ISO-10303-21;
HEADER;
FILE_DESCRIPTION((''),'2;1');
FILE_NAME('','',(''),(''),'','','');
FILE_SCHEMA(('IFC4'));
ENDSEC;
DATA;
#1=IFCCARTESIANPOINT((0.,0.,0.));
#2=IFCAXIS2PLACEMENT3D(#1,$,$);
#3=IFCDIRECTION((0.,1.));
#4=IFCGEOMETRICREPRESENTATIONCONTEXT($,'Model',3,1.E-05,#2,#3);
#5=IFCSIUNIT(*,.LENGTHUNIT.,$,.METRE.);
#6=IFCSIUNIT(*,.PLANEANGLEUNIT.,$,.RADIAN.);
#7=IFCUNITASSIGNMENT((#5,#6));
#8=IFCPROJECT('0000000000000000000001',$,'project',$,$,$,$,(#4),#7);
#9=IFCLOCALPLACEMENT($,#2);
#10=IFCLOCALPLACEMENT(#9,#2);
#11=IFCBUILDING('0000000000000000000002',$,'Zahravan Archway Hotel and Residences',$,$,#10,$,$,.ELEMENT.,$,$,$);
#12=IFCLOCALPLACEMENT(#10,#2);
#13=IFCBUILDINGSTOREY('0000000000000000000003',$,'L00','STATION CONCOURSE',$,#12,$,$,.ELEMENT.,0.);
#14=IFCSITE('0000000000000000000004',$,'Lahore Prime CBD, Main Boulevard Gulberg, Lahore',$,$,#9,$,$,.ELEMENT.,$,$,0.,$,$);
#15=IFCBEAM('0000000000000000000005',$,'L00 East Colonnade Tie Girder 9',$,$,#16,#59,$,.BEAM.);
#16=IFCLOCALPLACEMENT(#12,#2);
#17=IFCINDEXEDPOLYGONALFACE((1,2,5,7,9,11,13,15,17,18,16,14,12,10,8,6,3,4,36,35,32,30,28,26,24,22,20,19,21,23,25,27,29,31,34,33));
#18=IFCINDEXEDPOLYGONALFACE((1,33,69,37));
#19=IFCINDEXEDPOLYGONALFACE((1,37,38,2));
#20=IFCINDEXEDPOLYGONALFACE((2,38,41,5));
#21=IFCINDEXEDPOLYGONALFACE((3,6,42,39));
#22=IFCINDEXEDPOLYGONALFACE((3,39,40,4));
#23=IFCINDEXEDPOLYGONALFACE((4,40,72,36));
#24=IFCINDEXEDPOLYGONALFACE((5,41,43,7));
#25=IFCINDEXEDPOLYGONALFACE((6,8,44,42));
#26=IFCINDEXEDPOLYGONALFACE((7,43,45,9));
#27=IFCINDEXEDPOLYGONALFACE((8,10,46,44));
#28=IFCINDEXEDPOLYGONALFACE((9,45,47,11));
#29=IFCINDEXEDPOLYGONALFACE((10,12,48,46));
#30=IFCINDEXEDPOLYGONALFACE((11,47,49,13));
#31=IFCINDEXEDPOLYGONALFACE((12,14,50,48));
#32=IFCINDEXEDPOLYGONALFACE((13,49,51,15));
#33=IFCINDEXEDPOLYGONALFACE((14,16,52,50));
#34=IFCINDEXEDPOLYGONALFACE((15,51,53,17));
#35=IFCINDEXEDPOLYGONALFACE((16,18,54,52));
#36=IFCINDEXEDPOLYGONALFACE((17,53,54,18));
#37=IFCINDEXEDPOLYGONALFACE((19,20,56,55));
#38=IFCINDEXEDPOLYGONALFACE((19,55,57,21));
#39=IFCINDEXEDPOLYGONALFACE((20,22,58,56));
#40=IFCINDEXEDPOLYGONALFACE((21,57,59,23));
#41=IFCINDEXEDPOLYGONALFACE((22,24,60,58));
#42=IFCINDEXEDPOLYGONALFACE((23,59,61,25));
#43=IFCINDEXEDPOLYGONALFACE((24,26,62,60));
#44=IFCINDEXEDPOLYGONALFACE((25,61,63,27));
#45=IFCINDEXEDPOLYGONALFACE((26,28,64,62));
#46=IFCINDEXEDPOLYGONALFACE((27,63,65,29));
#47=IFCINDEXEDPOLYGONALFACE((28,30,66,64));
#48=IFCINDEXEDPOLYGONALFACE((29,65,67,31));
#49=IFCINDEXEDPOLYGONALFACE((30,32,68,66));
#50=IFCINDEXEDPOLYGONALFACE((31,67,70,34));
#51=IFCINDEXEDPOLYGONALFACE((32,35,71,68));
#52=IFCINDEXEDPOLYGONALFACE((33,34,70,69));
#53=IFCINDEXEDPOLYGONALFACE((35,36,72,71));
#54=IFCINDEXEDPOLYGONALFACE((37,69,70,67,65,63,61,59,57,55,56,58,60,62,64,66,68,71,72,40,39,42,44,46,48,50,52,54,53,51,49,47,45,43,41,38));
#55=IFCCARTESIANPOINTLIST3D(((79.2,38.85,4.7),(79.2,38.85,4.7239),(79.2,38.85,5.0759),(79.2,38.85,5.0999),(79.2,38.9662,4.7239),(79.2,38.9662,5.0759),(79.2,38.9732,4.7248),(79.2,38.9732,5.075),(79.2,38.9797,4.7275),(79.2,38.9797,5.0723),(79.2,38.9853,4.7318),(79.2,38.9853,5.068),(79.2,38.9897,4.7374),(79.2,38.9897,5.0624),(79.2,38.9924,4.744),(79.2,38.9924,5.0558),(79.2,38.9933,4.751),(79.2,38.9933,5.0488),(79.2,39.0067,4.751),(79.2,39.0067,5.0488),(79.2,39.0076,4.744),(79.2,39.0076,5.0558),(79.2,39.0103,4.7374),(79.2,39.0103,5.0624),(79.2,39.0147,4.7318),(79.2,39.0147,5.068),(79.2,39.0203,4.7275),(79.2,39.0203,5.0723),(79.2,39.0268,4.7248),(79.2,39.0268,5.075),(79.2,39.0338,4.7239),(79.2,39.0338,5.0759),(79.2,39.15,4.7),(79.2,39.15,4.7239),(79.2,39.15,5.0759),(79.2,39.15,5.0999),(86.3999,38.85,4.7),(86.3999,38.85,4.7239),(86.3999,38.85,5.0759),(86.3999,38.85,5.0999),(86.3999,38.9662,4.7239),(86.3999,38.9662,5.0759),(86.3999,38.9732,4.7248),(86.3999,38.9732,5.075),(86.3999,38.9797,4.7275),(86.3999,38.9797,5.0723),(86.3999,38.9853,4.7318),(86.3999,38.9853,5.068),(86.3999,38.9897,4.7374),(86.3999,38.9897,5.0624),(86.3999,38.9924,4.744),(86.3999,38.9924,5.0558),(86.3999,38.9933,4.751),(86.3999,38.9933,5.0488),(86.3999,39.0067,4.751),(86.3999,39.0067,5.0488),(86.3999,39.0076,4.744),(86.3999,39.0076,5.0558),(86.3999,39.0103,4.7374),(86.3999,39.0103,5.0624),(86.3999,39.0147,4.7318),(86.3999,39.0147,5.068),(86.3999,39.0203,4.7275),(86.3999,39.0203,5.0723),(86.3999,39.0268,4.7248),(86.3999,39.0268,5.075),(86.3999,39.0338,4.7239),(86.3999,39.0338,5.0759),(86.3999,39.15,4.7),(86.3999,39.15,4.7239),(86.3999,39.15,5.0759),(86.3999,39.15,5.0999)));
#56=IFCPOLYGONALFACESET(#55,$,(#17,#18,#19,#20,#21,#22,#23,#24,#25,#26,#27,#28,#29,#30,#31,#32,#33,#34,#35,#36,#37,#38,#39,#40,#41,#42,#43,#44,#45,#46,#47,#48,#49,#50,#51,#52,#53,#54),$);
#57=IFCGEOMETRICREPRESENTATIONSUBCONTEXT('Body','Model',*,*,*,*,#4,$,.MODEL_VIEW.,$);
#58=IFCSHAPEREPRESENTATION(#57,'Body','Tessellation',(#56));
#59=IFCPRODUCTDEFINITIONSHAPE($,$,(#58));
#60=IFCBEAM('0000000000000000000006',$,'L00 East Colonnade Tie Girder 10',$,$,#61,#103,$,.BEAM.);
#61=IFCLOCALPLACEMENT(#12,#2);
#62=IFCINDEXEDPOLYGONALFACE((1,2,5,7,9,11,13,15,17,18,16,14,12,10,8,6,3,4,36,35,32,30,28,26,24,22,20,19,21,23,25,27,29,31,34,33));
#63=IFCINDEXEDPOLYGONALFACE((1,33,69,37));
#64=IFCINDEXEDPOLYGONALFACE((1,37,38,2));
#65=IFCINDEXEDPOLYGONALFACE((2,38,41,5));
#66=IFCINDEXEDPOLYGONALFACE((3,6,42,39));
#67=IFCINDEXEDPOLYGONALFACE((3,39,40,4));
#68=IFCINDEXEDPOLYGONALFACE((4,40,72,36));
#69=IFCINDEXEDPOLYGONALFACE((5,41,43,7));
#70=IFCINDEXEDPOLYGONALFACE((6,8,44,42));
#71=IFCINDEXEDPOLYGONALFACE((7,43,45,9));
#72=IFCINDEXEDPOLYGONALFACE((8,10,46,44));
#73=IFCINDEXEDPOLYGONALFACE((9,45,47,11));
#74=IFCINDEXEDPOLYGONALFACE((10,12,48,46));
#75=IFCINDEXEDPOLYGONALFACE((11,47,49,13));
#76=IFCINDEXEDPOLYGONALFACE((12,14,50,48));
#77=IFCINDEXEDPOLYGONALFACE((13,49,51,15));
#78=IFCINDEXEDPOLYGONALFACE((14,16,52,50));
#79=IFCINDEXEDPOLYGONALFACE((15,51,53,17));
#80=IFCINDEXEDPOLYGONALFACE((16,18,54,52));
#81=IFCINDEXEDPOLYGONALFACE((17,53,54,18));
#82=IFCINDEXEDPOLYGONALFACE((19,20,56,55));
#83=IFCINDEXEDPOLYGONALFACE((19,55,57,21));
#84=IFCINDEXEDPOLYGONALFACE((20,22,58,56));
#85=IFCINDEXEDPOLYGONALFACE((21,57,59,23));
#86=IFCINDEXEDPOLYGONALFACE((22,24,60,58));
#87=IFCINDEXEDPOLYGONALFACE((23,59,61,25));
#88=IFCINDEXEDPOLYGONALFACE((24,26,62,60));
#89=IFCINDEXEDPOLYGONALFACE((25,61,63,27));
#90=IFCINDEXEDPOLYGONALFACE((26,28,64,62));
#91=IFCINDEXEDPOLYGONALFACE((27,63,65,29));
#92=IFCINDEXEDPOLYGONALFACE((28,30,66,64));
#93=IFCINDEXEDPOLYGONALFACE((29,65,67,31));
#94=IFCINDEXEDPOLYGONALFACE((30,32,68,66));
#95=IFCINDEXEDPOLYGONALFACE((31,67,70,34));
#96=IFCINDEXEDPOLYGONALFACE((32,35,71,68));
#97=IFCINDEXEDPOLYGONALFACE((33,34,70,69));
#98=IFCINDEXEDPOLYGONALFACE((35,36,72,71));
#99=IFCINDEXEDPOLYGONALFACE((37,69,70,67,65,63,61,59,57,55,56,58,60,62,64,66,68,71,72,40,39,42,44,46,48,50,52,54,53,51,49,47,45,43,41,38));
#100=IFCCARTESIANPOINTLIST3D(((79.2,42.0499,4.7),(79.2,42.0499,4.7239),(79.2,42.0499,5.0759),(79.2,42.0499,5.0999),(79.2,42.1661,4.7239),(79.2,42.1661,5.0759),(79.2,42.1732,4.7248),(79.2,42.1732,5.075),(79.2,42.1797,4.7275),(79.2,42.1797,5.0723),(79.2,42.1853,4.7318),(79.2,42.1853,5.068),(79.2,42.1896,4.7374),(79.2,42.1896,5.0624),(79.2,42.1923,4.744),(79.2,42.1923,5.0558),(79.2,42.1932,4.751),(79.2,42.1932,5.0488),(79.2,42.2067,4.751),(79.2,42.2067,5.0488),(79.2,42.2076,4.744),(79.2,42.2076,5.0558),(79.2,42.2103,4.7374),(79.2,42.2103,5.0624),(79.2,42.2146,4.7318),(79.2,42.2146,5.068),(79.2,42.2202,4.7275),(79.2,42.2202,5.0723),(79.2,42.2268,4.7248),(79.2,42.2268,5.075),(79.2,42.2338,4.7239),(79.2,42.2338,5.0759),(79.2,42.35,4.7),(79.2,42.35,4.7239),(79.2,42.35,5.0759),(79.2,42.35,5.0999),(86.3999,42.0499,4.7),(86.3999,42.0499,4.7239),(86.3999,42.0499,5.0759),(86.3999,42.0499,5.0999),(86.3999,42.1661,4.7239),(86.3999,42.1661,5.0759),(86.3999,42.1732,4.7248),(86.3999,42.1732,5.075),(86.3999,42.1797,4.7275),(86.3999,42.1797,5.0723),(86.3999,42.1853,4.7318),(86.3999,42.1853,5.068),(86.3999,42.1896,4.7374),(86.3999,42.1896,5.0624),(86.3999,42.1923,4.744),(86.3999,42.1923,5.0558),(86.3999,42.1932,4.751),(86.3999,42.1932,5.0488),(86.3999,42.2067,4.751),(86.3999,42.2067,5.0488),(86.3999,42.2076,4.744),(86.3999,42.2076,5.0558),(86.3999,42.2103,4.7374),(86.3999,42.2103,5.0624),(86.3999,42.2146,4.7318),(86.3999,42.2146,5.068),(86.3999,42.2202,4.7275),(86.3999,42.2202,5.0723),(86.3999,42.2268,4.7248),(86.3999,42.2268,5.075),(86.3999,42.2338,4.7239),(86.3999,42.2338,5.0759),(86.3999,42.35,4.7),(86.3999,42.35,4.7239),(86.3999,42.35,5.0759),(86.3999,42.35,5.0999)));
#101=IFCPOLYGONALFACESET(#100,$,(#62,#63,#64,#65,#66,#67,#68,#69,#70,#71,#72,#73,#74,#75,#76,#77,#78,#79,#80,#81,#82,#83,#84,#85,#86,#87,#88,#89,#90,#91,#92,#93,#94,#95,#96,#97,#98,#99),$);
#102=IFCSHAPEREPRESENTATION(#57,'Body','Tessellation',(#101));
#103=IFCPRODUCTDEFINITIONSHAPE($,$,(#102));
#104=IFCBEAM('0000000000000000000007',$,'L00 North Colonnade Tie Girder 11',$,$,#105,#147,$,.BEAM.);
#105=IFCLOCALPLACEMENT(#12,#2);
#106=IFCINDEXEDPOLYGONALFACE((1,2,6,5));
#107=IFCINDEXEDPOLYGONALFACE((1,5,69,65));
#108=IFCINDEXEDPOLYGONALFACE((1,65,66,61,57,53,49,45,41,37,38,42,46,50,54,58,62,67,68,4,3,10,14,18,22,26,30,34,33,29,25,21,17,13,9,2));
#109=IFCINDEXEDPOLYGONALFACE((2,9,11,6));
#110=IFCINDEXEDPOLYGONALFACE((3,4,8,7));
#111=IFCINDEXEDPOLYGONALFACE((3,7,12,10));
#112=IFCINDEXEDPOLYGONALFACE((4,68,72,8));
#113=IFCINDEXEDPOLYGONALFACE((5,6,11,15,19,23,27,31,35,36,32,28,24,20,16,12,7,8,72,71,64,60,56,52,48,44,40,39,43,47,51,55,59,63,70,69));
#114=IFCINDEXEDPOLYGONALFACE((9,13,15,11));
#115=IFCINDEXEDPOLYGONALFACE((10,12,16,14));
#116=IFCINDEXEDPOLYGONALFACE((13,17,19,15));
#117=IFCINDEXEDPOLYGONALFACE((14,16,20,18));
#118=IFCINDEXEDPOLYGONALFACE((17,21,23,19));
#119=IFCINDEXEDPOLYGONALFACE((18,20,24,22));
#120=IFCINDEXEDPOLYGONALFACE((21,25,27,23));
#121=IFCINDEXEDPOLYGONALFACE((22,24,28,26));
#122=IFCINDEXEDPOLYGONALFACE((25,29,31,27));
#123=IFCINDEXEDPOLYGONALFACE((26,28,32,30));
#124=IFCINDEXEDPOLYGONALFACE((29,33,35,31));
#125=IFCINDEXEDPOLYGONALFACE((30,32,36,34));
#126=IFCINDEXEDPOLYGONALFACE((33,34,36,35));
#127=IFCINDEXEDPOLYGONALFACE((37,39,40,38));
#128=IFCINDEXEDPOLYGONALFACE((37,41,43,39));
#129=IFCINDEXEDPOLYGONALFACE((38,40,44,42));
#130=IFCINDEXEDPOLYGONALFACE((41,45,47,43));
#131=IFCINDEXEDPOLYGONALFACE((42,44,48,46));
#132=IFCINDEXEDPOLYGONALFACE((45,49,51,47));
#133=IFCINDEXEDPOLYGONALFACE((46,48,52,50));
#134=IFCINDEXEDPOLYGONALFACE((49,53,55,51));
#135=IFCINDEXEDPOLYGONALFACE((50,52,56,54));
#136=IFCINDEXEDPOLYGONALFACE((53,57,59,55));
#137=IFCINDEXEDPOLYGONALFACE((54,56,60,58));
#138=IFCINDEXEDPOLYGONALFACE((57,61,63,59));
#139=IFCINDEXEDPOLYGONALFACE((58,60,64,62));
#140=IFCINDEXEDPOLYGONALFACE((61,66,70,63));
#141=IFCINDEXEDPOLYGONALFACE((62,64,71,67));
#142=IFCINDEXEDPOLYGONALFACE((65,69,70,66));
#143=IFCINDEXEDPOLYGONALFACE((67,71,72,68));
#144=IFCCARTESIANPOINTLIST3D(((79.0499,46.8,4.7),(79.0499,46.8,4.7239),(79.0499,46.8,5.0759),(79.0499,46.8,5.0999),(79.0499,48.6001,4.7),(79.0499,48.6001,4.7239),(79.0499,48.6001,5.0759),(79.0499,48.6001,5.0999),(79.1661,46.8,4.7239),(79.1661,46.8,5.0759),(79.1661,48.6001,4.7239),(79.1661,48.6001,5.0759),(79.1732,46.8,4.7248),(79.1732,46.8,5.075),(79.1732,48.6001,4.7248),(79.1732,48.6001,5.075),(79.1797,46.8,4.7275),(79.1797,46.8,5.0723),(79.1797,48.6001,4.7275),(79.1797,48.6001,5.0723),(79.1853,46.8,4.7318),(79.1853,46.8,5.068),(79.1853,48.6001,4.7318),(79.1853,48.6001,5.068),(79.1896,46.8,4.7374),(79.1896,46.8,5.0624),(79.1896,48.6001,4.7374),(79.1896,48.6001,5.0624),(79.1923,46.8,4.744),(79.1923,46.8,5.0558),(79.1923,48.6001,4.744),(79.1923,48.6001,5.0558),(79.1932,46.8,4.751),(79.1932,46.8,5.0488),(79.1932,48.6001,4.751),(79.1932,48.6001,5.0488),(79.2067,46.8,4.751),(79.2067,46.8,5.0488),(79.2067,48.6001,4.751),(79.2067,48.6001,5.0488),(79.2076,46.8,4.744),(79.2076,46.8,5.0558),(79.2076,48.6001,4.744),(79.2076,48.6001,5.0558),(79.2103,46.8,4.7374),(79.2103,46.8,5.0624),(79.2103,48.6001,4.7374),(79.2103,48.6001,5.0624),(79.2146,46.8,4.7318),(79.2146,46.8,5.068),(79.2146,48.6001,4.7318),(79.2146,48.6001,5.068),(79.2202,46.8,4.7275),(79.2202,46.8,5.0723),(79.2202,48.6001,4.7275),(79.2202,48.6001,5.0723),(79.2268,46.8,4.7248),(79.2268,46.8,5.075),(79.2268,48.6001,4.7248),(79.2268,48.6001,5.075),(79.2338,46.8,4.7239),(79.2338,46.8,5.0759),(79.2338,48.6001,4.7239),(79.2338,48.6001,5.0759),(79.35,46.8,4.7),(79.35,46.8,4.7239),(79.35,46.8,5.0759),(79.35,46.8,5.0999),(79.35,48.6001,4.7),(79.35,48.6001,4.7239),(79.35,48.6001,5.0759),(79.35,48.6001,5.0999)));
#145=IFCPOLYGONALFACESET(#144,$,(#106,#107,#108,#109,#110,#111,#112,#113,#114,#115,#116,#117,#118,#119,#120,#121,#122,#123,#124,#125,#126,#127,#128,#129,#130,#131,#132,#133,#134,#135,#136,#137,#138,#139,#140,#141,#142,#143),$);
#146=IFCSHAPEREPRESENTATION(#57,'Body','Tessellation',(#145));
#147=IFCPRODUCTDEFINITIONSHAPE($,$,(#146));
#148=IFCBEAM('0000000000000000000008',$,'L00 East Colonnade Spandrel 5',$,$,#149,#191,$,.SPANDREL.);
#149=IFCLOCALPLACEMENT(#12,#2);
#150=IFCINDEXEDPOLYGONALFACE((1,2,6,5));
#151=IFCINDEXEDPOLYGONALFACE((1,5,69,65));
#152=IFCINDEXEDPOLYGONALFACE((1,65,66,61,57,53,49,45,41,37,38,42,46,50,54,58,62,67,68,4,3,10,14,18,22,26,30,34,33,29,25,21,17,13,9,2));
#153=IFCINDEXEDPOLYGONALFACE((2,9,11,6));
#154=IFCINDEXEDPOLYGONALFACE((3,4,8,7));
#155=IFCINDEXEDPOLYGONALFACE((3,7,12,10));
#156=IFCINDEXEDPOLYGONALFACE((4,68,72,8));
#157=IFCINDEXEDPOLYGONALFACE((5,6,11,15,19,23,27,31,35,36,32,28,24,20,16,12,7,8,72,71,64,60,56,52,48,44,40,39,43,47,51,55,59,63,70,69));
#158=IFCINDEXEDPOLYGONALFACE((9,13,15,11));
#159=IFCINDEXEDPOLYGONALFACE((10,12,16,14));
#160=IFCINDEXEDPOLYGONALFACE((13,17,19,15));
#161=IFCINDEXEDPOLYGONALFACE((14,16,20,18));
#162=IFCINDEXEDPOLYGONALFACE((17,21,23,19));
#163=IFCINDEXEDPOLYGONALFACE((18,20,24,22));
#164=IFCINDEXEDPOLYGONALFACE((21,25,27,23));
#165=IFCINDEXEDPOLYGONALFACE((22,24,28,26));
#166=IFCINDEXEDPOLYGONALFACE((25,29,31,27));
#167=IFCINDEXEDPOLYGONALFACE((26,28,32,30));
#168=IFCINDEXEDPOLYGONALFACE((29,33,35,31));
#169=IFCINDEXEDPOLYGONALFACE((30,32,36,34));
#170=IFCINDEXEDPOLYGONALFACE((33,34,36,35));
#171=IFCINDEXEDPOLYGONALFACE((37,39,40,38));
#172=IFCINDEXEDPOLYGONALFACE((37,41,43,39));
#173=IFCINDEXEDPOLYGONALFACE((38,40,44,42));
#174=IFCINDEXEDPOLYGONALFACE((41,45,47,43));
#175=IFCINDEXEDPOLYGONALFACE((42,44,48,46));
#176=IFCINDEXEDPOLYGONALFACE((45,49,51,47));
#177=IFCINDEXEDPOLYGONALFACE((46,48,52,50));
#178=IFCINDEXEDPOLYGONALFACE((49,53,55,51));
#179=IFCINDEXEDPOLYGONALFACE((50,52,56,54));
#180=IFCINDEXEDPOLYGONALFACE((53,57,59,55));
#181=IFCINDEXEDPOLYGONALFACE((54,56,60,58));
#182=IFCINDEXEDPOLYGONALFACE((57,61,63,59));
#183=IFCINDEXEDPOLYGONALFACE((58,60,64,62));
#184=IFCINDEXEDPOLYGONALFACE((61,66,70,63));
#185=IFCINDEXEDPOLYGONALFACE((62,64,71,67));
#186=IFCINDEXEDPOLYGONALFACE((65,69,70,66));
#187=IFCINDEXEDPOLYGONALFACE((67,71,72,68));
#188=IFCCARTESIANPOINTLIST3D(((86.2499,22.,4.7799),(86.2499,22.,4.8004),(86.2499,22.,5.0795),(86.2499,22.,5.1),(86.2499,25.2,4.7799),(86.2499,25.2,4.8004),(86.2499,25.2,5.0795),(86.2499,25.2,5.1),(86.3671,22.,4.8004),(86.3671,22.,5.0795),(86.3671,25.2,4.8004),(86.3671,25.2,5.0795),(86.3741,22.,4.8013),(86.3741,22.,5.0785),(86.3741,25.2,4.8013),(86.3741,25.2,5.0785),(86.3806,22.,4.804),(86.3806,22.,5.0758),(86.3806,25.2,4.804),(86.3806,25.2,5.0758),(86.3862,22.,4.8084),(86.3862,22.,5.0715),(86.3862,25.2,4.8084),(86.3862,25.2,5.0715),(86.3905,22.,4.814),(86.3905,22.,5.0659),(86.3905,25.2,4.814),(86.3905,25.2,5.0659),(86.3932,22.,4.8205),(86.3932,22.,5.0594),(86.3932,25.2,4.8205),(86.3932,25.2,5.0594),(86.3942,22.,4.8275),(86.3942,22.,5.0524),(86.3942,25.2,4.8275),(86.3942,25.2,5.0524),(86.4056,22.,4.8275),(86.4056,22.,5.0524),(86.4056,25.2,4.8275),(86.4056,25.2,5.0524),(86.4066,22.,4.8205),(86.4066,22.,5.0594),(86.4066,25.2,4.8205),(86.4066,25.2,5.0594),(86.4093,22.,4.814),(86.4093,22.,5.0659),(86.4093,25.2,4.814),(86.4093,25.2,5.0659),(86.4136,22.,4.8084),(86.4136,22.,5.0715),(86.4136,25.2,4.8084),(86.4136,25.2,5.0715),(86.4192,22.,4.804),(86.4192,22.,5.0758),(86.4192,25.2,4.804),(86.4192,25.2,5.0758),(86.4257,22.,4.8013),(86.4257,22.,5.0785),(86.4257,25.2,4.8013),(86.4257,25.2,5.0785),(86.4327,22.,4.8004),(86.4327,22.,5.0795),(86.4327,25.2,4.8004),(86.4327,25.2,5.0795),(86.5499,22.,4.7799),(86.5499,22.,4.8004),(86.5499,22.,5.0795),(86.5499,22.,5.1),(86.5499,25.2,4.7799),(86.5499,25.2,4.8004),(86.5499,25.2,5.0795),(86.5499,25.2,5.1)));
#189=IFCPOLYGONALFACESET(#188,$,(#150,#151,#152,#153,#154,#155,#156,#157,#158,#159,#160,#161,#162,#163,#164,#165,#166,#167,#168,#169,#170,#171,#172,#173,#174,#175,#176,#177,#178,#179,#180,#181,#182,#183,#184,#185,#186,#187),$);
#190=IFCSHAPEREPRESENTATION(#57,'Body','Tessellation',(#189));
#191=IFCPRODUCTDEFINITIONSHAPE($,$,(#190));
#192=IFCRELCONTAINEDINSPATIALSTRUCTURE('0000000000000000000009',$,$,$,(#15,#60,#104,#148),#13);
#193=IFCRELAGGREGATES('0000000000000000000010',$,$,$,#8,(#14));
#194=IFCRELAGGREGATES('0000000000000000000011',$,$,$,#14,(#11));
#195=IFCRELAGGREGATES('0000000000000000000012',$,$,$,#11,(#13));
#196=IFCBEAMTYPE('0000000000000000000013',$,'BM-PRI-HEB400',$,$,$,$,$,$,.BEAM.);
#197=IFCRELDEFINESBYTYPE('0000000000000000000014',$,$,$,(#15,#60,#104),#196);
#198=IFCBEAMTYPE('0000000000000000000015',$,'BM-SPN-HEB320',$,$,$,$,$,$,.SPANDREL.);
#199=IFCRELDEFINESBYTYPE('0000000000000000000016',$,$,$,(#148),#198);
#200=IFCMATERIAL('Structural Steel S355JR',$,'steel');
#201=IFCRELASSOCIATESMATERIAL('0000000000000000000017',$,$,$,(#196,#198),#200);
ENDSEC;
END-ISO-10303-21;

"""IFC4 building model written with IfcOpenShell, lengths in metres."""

from ifc_helpers import new_model, si_unit, direction, frame, origin, origin_2d, place, context, subcontext, project, spatial, i_section, extrude, source, transform, mapped, material, material_profile, profile_set, type_object, type_shapes, element, save


model = new_model("IFC4")

# Units and contexts
model_context = context("Model", 3, precision=1e-05, world=origin(), true_north=direction((0.0, 1.0)))
body_context = subcontext(model_context, "Body", "Model", "MODEL_VIEW")
ifc_project = project(units=[si_unit("LENGTHUNIT", "METRE"), si_unit("PLANEANGLEUNIT", "RADIAN")], contexts=[model_context])

# Site, building, storey
site_placement = place(None, origin())
site = spatial("IfcSite", under=ifc_project, at=site_placement, Name="Lahore Prime CBD, Main Boulevard Gulberg, Lahore", CompositionType="ELEMENT", RefElevation=0.0)
building_placement = place(site_placement, origin())
building = spatial("IfcBuilding", under=site, at=building_placement, Name="Zahravan Archway Hotel and Residences", CompositionType="ELEMENT")
storey_placement = place(building_placement, origin())
storey = spatial("IfcBuildingStorey", under=building, at=storey_placement, Name="L00", Description="STATION CONCOURSE", CompositionType="ELEMENT", Elevation=0.0)

# Beams
ifc_material_1 = material(Name="Structural Steel S355JR", Category="steel")
ifc_material_profile_1 = material_profile(ifc_material_1, i_section(OverallWidth=0.3, OverallDepth=0.3999, WebThickness=0.0134, FlangeThickness=0.0239, FilletRadius=0.0271, at=origin_2d()), Name="HEB 400", Category="steel")
ifc_profile_set_1 = profile_set([ifc_material_profile_1], Name="Structural Steel S355JR")
beam_type_1 = type_object("IfcBeamType", Name="BM-PRI-HEB400", PredefinedType="BEAM", material=ifc_profile_set_1)
shared_shape_1 = source(origin(), body_context, "Body", "SweptSolid", [
    extrude(i_section(OverallWidth=0.3, OverallDepth=0.3999, WebThickness=0.0134, FlangeThickness=0.0239, FilletRadius=0.0271, at=origin_2d()), origin(), (0.0, 0.0, 1.0), 7.2),
])
type_shapes(beam_type_1, [shared_shape_1])
for number, where, z_axis, x_axis, name in (
    (1, (79.2, 39.0, 4.8999), (1.0, 0.0, 0.0), (0.0, 1.0, 0.0), "L00 East Colonnade Tie Girder 9"),
    (2, (79.2, 42.2, 4.8999), (1.0, 0.0, 0.0), (0.0, 1.0, 0.0), "L00 East Colonnade Tie Girder 10"),
):
    element("IfcBeam", number, at=place(storey_placement, frame(where, z_axis=z_axis, x_axis=x_axis)), inside=storey, type_object=beam_type_1, Name=name, PredefinedType="BEAM", context=body_context, shape_type="MappedRepresentation", body=[
        mapped(shared_shape_1, transform((0.0, 0.0, 0.0), scale=1.0)),
    ])
shared_shape_2 = source(origin(), body_context, "Body", "SweptSolid", [
    extrude(i_section(OverallWidth=0.3, OverallDepth=0.3999, WebThickness=0.0134, FlangeThickness=0.0239, FilletRadius=0.0271, at=origin_2d()), origin(), (0.0, 0.0, 1.0), 1.8),
])
beam_1_placement = place(storey_placement, frame((79.2, 46.8, 4.8999), z_axis=(0.0, 1.0, 0.0), x_axis=(-1.0, 0.0, 0.0)))
element("IfcBeam", 3, at=beam_1_placement, inside=storey, type_object=beam_type_1, Name="L00 North Colonnade Tie Girder 11", PredefinedType="BEAM", context=body_context, shape_type="MappedRepresentation", body=[
    mapped(shared_shape_2, transform((0.0, 0.0, 0.0), scale=1.0)),
])
ifc_material_profile_2 = material_profile(ifc_material_1, i_section(OverallWidth=0.3, OverallDepth=0.3201, WebThickness=0.0115, FlangeThickness=0.0205, FilletRadius=0.0271, at=origin_2d()), Name="HEB 320", Category="steel")
ifc_profile_set_2 = profile_set([ifc_material_profile_2], Name="Structural Steel S355JR")
beam_type_2 = type_object("IfcBeamType", Name="BM-SPN-HEB320", PredefinedType="SPANDREL", material=ifc_profile_set_2)
shared_shape_3 = source(origin(), body_context, "Body", "SweptSolid", [
    extrude(i_section(OverallWidth=0.3, OverallDepth=0.3201, WebThickness=0.0115, FlangeThickness=0.0205, FilletRadius=0.0271, at=origin_2d()), origin(), (0.0, 0.0, 1.0), 3.2),
])
for number, where, z_axis, x_axis, name in (
    (4, (86.3999, 22.0, 4.9399), (0.0, 1.0, 0.0), (-1.0, 0.0, 0.0), "L00 East Colonnade Spandrel 5"),
):
    element("IfcBeam", number, at=place(storey_placement, frame(where, z_axis=z_axis, x_axis=x_axis)), inside=storey, type_object=beam_type_2, Name=name, PredefinedType="SPANDREL", context=body_context, shape_type="MappedRepresentation", body=[
        mapped(shared_shape_3, transform((0.0, 0.0, 0.0), scale=1.0)),
    ])

save(model, "model.ifc")
